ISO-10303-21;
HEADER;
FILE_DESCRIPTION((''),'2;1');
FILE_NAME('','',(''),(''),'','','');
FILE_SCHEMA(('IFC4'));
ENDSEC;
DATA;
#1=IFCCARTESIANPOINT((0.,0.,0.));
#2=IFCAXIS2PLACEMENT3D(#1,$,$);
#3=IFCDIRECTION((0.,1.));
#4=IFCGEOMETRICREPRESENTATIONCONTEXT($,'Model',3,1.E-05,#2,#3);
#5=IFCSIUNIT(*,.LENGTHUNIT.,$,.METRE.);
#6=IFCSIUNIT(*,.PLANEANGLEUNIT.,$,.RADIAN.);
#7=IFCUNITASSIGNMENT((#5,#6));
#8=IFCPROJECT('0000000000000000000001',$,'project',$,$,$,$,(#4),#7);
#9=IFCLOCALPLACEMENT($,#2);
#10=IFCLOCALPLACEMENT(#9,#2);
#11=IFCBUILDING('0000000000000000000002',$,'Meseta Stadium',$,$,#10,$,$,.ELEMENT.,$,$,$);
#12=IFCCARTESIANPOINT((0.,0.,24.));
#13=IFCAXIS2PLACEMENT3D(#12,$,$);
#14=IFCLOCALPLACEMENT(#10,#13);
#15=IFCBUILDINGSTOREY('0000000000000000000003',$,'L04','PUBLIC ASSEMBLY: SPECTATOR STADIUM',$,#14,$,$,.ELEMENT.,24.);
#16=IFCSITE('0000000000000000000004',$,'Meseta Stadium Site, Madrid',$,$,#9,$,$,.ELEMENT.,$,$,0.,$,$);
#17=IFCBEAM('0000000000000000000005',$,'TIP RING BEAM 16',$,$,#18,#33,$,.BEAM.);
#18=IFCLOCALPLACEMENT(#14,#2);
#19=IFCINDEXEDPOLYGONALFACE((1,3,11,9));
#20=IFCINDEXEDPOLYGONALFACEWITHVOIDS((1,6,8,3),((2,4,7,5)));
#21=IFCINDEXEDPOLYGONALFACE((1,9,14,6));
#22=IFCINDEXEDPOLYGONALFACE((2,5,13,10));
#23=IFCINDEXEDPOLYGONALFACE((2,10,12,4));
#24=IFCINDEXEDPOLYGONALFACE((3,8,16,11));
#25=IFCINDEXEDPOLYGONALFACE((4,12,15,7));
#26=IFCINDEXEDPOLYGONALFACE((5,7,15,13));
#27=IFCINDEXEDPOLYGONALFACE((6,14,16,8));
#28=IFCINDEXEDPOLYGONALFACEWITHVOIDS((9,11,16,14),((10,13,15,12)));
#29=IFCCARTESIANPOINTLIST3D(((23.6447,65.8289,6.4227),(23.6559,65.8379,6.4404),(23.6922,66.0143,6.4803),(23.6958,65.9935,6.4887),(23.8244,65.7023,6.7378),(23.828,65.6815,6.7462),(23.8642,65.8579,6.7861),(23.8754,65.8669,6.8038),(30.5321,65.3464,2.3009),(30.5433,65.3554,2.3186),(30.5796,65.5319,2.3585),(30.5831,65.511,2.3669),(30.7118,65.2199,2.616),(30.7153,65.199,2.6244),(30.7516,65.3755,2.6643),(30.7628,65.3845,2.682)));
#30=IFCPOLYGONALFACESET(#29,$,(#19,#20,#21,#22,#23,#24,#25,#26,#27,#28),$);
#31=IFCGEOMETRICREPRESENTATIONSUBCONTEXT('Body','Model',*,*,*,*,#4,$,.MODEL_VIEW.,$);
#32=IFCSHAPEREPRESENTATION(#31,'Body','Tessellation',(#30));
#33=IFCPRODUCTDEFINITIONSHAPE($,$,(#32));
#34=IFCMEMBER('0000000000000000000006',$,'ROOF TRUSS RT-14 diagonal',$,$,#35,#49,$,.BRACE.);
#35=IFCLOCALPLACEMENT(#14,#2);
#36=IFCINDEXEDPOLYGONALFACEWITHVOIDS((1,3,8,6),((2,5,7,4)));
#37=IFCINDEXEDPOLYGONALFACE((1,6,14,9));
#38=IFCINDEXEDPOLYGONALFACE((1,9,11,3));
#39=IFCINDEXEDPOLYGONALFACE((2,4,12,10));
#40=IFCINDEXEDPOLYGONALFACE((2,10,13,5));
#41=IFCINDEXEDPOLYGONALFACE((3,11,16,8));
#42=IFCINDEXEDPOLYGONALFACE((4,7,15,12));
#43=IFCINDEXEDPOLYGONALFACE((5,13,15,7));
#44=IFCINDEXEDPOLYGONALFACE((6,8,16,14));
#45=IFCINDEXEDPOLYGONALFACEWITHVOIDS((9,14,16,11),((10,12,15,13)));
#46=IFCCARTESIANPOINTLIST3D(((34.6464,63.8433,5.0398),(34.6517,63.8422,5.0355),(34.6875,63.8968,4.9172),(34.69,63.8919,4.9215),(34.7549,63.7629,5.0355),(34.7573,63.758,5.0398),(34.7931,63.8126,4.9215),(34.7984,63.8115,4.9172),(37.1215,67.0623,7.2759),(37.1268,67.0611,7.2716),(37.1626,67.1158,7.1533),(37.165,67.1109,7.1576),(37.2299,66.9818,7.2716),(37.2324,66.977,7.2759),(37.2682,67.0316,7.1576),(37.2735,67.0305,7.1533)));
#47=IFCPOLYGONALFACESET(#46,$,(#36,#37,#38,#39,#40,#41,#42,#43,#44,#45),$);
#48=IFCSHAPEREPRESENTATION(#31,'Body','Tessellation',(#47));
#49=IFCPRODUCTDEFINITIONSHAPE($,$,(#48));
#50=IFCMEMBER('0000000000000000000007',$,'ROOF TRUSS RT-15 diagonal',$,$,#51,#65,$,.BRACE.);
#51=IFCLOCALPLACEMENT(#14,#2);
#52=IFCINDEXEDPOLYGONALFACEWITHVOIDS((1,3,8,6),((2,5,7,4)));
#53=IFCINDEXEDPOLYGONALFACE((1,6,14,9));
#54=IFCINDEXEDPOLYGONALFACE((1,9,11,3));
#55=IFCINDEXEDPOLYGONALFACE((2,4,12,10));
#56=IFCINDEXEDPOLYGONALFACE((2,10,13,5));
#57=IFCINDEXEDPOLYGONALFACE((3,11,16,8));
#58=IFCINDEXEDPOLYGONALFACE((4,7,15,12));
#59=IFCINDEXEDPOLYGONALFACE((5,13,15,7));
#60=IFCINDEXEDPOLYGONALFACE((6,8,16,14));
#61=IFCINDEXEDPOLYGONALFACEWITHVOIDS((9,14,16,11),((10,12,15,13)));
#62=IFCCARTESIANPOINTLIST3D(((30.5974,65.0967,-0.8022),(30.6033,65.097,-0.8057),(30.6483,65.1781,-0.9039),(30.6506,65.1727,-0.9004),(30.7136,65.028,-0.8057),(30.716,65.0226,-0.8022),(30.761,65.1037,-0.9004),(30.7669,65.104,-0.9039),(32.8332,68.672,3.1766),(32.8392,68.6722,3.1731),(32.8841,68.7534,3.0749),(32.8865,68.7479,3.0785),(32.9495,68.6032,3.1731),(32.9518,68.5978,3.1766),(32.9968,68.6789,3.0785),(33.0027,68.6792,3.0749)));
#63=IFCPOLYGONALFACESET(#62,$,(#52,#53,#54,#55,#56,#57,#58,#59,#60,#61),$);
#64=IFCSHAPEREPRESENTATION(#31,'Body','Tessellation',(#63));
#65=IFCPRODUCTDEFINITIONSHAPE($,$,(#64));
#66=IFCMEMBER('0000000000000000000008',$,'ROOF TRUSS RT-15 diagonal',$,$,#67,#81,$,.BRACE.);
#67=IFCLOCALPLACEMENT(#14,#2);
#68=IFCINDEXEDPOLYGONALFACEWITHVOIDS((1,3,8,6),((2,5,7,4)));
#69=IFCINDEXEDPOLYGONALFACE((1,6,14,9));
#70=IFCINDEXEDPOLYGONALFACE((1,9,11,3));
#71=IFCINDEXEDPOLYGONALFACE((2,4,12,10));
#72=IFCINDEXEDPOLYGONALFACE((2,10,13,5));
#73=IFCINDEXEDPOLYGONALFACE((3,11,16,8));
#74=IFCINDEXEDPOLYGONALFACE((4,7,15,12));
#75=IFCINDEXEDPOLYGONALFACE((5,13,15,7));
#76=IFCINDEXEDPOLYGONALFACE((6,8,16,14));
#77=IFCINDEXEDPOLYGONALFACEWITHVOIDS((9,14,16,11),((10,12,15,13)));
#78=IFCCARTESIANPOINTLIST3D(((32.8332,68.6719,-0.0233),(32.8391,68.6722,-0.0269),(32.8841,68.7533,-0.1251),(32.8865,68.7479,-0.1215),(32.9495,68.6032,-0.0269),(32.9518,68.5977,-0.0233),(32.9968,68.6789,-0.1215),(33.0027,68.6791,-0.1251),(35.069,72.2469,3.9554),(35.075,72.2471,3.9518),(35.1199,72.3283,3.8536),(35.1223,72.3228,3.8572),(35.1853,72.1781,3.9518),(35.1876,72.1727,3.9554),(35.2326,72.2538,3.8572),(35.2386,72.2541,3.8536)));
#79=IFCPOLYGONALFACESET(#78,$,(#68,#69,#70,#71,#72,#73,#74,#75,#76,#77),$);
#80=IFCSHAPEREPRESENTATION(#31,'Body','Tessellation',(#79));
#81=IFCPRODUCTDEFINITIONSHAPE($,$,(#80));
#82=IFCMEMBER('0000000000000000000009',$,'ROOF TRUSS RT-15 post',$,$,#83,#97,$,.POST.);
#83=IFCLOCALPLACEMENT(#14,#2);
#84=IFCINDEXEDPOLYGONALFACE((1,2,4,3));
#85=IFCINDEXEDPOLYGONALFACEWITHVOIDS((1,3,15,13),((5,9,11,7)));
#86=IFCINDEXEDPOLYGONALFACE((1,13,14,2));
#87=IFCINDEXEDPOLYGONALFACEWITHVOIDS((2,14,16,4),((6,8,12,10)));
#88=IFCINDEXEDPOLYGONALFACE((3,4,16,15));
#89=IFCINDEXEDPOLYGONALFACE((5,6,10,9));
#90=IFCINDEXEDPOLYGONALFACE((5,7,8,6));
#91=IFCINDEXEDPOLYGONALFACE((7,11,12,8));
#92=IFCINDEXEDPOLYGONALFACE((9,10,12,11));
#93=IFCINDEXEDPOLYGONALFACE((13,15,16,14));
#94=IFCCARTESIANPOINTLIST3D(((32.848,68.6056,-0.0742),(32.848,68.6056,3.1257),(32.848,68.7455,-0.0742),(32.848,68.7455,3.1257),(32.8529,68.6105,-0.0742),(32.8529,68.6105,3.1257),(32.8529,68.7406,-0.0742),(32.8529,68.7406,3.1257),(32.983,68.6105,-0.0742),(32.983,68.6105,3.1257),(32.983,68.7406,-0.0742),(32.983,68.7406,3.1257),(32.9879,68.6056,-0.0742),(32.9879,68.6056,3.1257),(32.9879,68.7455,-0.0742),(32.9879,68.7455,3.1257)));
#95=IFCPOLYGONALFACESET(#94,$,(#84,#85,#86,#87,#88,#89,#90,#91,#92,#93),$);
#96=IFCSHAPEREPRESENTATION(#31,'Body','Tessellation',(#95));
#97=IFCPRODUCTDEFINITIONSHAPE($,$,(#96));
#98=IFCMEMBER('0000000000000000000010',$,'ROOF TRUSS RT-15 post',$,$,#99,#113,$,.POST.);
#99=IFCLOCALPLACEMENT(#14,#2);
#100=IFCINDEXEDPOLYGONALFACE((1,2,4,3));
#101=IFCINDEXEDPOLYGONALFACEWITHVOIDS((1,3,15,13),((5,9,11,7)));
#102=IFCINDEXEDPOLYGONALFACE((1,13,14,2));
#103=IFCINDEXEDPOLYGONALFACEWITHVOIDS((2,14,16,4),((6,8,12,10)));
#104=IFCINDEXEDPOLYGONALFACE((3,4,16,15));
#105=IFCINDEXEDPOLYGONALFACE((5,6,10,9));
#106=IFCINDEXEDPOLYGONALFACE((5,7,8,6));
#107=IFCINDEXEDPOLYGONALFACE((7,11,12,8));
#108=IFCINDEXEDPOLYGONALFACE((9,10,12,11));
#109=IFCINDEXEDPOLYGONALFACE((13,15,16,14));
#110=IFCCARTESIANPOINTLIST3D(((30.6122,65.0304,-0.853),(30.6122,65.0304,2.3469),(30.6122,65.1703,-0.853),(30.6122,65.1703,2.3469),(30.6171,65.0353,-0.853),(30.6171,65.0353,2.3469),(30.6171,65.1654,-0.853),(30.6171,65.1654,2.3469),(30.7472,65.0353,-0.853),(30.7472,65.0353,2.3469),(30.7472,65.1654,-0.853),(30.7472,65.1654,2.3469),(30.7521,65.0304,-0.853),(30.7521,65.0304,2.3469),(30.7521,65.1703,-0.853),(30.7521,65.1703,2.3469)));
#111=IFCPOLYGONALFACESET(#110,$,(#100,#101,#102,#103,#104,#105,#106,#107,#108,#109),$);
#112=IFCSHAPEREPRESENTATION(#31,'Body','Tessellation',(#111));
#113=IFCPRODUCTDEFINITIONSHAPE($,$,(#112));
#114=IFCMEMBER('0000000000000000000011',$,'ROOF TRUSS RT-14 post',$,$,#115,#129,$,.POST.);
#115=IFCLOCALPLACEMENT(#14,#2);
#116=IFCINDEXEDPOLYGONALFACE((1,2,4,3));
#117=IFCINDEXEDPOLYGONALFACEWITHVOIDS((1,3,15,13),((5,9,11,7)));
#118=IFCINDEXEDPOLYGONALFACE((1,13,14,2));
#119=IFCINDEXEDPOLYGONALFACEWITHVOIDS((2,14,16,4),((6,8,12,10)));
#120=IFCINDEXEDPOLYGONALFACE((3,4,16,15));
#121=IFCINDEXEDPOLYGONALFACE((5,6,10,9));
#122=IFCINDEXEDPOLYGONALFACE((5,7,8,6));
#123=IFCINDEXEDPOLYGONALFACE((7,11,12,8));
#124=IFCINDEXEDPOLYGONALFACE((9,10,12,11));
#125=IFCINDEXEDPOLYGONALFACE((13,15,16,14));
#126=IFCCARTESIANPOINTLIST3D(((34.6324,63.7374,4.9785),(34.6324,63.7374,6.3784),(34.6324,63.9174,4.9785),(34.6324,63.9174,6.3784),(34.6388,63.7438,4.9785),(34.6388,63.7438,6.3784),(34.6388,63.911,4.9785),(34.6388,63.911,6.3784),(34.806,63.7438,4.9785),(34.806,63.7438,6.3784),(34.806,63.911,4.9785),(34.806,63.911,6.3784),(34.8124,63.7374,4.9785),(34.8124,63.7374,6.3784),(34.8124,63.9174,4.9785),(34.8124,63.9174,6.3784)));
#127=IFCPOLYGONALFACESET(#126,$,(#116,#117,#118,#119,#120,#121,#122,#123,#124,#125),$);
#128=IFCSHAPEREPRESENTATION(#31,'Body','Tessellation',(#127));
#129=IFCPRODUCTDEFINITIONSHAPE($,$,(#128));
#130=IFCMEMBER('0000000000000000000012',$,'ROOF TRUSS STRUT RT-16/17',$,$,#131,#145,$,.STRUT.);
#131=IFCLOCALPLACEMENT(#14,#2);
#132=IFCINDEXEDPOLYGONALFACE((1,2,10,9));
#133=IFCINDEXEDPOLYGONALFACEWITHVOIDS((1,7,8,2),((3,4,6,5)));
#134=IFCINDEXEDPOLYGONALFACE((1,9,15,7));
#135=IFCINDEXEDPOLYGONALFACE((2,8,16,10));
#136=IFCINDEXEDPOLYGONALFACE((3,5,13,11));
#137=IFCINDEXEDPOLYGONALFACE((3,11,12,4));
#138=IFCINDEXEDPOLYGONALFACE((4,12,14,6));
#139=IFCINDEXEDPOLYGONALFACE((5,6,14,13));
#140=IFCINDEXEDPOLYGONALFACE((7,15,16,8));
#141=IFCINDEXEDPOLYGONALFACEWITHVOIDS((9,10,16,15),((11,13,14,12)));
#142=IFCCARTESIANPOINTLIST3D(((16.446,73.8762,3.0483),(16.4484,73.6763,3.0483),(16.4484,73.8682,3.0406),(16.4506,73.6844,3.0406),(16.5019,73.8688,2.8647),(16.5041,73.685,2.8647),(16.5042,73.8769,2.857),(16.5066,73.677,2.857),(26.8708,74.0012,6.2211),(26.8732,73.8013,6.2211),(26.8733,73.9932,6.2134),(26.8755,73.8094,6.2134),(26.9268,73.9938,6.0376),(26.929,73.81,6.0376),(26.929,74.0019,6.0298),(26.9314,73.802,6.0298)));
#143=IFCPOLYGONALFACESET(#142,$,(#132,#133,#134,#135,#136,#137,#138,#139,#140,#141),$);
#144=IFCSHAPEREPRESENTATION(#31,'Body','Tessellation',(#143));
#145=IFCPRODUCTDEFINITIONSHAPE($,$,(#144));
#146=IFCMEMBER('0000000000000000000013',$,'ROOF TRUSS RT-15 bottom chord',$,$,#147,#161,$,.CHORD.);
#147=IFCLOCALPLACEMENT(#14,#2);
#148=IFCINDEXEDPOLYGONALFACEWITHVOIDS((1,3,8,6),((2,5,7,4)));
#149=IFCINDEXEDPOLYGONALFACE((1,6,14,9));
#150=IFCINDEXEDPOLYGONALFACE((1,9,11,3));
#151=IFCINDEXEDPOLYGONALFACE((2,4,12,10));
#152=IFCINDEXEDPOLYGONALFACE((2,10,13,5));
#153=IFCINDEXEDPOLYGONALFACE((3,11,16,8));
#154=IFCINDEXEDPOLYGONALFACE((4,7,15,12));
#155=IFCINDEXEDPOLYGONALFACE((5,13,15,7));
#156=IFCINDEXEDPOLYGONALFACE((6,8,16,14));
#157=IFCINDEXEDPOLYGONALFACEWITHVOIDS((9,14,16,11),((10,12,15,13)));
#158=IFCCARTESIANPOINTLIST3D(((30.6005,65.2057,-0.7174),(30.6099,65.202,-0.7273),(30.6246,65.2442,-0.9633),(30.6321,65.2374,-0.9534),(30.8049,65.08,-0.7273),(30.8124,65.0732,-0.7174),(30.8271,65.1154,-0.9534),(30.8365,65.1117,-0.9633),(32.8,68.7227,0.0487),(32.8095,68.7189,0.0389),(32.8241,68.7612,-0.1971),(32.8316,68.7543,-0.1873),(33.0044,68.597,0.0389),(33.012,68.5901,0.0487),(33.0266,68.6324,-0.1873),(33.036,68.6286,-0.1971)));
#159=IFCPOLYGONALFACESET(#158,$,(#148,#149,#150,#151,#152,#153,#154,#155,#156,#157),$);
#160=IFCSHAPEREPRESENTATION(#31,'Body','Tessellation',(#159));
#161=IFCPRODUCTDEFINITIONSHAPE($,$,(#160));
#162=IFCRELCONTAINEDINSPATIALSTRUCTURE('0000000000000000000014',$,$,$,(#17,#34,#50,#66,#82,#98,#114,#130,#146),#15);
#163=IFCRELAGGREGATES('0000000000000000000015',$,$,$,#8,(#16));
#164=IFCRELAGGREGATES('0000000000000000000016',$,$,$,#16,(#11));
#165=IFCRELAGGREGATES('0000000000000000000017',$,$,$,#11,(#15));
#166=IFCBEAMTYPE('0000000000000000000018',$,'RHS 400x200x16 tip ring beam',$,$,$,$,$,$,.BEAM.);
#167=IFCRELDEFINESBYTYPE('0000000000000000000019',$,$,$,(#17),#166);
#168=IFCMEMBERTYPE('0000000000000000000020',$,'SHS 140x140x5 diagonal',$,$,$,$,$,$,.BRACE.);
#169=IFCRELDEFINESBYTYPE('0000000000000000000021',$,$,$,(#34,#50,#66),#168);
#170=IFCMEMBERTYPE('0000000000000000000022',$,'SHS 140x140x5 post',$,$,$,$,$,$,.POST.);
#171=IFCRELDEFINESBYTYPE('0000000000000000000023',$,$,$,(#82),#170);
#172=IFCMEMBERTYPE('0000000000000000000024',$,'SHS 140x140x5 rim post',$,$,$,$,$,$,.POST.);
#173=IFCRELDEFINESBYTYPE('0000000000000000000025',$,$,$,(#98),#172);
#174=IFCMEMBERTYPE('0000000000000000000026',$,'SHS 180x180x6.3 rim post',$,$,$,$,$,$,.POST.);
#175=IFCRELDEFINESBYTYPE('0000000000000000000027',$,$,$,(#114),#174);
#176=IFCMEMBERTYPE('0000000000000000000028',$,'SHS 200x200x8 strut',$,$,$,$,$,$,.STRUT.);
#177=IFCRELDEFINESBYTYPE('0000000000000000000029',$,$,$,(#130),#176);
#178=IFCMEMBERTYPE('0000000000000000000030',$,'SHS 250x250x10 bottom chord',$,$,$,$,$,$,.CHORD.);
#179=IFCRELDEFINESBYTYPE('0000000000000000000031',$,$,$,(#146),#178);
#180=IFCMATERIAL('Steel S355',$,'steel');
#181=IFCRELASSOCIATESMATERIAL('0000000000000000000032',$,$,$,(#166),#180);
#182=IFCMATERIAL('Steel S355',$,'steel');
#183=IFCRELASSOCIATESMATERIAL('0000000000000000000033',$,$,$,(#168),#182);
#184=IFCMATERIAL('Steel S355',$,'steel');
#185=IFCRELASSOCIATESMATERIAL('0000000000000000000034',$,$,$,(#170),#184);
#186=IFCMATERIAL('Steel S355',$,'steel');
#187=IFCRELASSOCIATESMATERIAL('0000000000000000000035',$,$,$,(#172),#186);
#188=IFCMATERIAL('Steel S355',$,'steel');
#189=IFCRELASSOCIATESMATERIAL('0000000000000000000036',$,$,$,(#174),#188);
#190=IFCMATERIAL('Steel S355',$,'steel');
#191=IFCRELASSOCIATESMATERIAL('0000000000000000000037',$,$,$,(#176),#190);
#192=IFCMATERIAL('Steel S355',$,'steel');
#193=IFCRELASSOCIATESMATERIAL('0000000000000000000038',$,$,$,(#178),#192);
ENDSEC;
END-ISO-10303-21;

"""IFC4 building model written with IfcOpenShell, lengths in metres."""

from ifc_helpers import new_model, si_unit, direction, frame, origin, origin_2d, place, context, subcontext, project, spatial, hollow_rectangle, extrude, material, material_profile, profile_set, type_object, element, save


model = new_model("IFC4")

# Units and contexts
model_context = context("Model", 3, precision=1e-05, world=origin(), true_north=direction((0.0, 1.0)))
body_context = subcontext(model_context, "Body", "Model", "MODEL_VIEW")
ifc_project = project(units=[si_unit("LENGTHUNIT", "METRE"), si_unit("PLANEANGLEUNIT", "RADIAN")], contexts=[model_context])

# Site, building, storey
site_placement = place(None, origin())
site = spatial("IfcSite", under=ifc_project, at=site_placement, Name="Meseta Stadium Site, Madrid", CompositionType="ELEMENT", RefElevation=0.0)
building_placement = place(site_placement, origin())
building = spatial("IfcBuilding", under=site, at=building_placement, Name="Meseta Stadium", CompositionType="ELEMENT")
storey_placement = place(building_placement, frame((0.0, 0.0, 24.0)))
storey = spatial("IfcBuildingStorey", under=building, at=storey_placement, Name="L04", Description="PUBLIC ASSEMBLY: SPECTATOR STADIUM", CompositionType="ELEMENT", Elevation=24.0)

# Beam
ifc_material_1 = material(Name="Steel S355", Category="steel")
ifc_material_profile_1 = material_profile(ifc_material_1, hollow_rectangle(XDim=0.2, YDim=0.3999, WallThickness=0.0161, at=origin_2d()), Name="RHS 400x200x16")
ifc_profile_set_1 = profile_set([ifc_material_profile_1], Name="Steel S355")
beam_type = type_object("IfcBeamType", Name="RHS 400x200x16 tip ring beam", PredefinedType="BEAM", material=ifc_profile_set_1)
beam_placement = place(storey_placement, frame((30.6475, 65.3655, 2.4915), z_axis=(-0.856532, 0.059995, 0.512595), x_axis=(-0.237458, -0.927657, -0.288211)))
element("IfcBeam", 1, at=beam_placement, inside=storey, type_object=beam_type, Name="TIP RING BEAM 16", PredefinedType="BEAM", context=body_context, shape_type="SweptSolid", body=[
    extrude(hollow_rectangle(XDim=0.2, YDim=0.3999, WallThickness=0.0161, at=origin_2d()), origin(), (0.0, 0.0, 1.0), 8.041),
])

# Members
ifc_material_2 = material(Name="Steel S355", Category="steel")
ifc_material_profile_2 = material_profile(ifc_material_2, hollow_rectangle(XDim=0.1399, YDim=0.1399, WallThickness=0.0049, at=origin_2d()), Name="SHS 140x140x5")
ifc_profile_set_2 = profile_set([ifc_material_profile_2], Name="Steel S355")
member_type_1 = type_object("IfcMemberType", Name="SHS 140x140x5 diagonal", PredefinedType="BRACE", material=ifc_profile_set_2)
member_1_placement = place(storey_placement, frame((34.7224, 63.8274, 4.9785), z_axis=(0.533941, 0.694418, 0.48238), x_axis=(-0.792749, 0.609548, 0.0)))
element("IfcMember", 2, at=member_1_placement, inside=storey, type_object=member_type_1, Name="ROOF TRUSS RT-14 diagonal", PredefinedType="BRACE", context=body_context, shape_type="SweptSolid", body=[
    extrude(hollow_rectangle(XDim=0.1399, YDim=0.1399, WallThickness=0.0049, at=origin_2d()), origin(), (0.0, 0.0, 1.0), 4.6355),
])
member_2_placement = place(storey_placement, frame((30.6821, 65.1003, -0.853), z_axis=(0.385653, 0.616674, 0.686284), x_axis=(-0.847855, 0.530228, 0.0)))
element("IfcMember", 3, at=member_2_placement, inside=storey, type_object=member_type_1, Name="ROOF TRUSS RT-15 diagonal", PredefinedType="BRACE", context=body_context, shape_type="SweptSolid", body=[
    extrude(hollow_rectangle(XDim=0.1399, YDim=0.1399, WallThickness=0.0049, at=origin_2d()), origin(), (0.0, 0.0, 1.0), 5.7976),
])
member_3_placement = place(storey_placement, frame((32.918, 68.6755, -0.0742), z_axis=(0.385663, 0.616648, 0.686301), x_axis=(-0.847839, 0.530254, 0.0)))
element("IfcMember", 4, at=member_3_placement, inside=storey, type_object=member_type_1, Name="ROOF TRUSS RT-15 diagonal", PredefinedType="BRACE", context=body_context, shape_type="SweptSolid", body=[
    extrude(hollow_rectangle(XDim=0.1399, YDim=0.1399, WallThickness=0.0049, at=origin_2d()), origin(), (0.0, 0.0, 1.0), 5.7974),
])
ifc_material_3 = material(Name="Steel S355", Category="steel")
ifc_material_profile_3 = material_profile(ifc_material_3, hollow_rectangle(XDim=0.1399, YDim=0.1399, WallThickness=0.0049, at=origin_2d()), Name="SHS 140x140x5")
ifc_profile_set_3 = profile_set([ifc_material_profile_3], Name="Steel S355")
member_type_2 = type_object("IfcMemberType", Name="SHS 140x140x5 post", PredefinedType="POST", material=ifc_profile_set_3)
member_4_placement = place(storey_placement, frame((32.918, 68.6755, -0.0742), z_axis=(0.0, 0.0, 1.0), x_axis=(1.0, 0.0, 0.0)))
element("IfcMember", 5, at=member_4_placement, inside=storey, type_object=member_type_2, Name="ROOF TRUSS RT-15 post", PredefinedType="POST", context=body_context, shape_type="SweptSolid", body=[
    extrude(hollow_rectangle(XDim=0.1399, YDim=0.1399, WallThickness=0.0049, at=origin_2d()), origin(), (0.0, 0.0, 1.0), 3.2),
])
ifc_material_4 = material(Name="Steel S355", Category="steel")
ifc_material_profile_4 = material_profile(ifc_material_4, hollow_rectangle(XDim=0.1399, YDim=0.1399, WallThickness=0.0049, at=origin_2d()), Name="SHS 140x140x5")
ifc_profile_set_4 = profile_set([ifc_material_profile_4], Name="Steel S355")
member_type_3 = type_object("IfcMemberType", Name="SHS 140x140x5 rim post", PredefinedType="POST", material=ifc_profile_set_4)
member_5_placement = place(storey_placement, frame((30.6821, 65.1003, -0.853), z_axis=(0.0, 0.0, 1.0), x_axis=(1.0, 0.0, 0.0)))
element("IfcMember", 6, at=member_5_placement, inside=storey, type_object=member_type_3, Name="ROOF TRUSS RT-15 post", PredefinedType="POST", context=body_context, shape_type="SweptSolid", body=[
    extrude(hollow_rectangle(XDim=0.1399, YDim=0.1399, WallThickness=0.0049, at=origin_2d()), origin(), (0.0, 0.0, 1.0), 3.2),
])
ifc_material_5 = material(Name="Steel S355", Category="steel")
ifc_material_profile_5 = material_profile(ifc_material_5, hollow_rectangle(XDim=0.1799, YDim=0.1799, WallThickness=0.0063, at=origin_2d()), Name="SHS 180x180x6.3")
ifc_profile_set_5 = profile_set([ifc_material_profile_5], Name="Steel S355")
member_type_4 = type_object("IfcMemberType", Name="SHS 180x180x6.3 rim post", PredefinedType="POST", material=ifc_profile_set_5)
member_6_placement = place(storey_placement, frame((34.7224, 63.8274, 4.9785), z_axis=(0.0, 0.0, 1.0), x_axis=(1.0, 0.0, 0.0)))
element("IfcMember", 7, at=member_6_placement, inside=storey, type_object=member_type_4, Name="ROOF TRUSS RT-14 post", PredefinedType="POST", context=body_context, shape_type="SweptSolid", body=[
    extrude(hollow_rectangle(XDim=0.1799, YDim=0.1799, WallThickness=0.0063, at=origin_2d()), origin(), (0.0, 0.0, 1.0), 1.3999),
])
ifc_material_6 = material(Name="Steel S355", Category="steel")
ifc_material_profile_6 = material_profile(ifc_material_6, hollow_rectangle(XDim=0.2, YDim=0.2, WallThickness=0.0081, at=origin_2d()), Name="SHS 200x200x8")
ifc_profile_set_6 = profile_set([ifc_material_profile_6], Name="Steel S355")
member_type_5 = type_object("IfcMemberType", Name="SHS 200x200x8 strut", PredefinedType="STRUT", material=ifc_profile_set_6)
member_7_placement = place(storey_placement, frame((26.9011, 73.9016, 6.1255), z_axis=(-0.956609, -0.01147, -0.29115), x_axis=(0.01199, -0.999928, 0.0)))
element("IfcMember", 8, at=member_7_placement, inside=storey, type_object=member_type_5, Name="ROOF TRUSS STRUT RT-16/17", PredefinedType="STRUT", context=body_context, shape_type="SweptSolid", body=[
    extrude(hollow_rectangle(XDim=0.2, YDim=0.2, WallThickness=0.0081, at=origin_2d()), origin(), (0.0, 0.0, 1.0), 10.8977),
])
ifc_material_7 = material(Name="Steel S355", Category="steel")
ifc_material_profile_7 = material_profile(ifc_material_7, hollow_rectangle(XDim=0.25, YDim=0.25, WallThickness=0.01, at=origin_2d()), Name="SHS 250x250x10")
ifc_profile_set_7 = profile_set([ifc_material_profile_7], Name="Steel S355")
member_type_6 = type_object("IfcMemberType", Name="SHS 250x250x10 bottom chord", PredefinedType="CHORD", material=ifc_profile_set_7)
member_8_placement = place(storey_placement, frame((30.7185, 65.1587, -0.8403), z_axis=(0.521429, 0.833742, 0.181623), x_axis=(-0.847843, 0.530248, 0.0)))
element("IfcMember", 9, at=member_8_placement, inside=storey, type_object=member_type_6, Name="ROOF TRUSS RT-15 bottom chord", PredefinedType="CHORD", context=body_context, shape_type="SweptSolid", body=[
    extrude(hollow_rectangle(XDim=0.25, YDim=0.25, WallThickness=0.01, at=origin_2d()), origin(), (0.0, 0.0, 1.0), 4.2183),
])

save(model, "model.ifc")
